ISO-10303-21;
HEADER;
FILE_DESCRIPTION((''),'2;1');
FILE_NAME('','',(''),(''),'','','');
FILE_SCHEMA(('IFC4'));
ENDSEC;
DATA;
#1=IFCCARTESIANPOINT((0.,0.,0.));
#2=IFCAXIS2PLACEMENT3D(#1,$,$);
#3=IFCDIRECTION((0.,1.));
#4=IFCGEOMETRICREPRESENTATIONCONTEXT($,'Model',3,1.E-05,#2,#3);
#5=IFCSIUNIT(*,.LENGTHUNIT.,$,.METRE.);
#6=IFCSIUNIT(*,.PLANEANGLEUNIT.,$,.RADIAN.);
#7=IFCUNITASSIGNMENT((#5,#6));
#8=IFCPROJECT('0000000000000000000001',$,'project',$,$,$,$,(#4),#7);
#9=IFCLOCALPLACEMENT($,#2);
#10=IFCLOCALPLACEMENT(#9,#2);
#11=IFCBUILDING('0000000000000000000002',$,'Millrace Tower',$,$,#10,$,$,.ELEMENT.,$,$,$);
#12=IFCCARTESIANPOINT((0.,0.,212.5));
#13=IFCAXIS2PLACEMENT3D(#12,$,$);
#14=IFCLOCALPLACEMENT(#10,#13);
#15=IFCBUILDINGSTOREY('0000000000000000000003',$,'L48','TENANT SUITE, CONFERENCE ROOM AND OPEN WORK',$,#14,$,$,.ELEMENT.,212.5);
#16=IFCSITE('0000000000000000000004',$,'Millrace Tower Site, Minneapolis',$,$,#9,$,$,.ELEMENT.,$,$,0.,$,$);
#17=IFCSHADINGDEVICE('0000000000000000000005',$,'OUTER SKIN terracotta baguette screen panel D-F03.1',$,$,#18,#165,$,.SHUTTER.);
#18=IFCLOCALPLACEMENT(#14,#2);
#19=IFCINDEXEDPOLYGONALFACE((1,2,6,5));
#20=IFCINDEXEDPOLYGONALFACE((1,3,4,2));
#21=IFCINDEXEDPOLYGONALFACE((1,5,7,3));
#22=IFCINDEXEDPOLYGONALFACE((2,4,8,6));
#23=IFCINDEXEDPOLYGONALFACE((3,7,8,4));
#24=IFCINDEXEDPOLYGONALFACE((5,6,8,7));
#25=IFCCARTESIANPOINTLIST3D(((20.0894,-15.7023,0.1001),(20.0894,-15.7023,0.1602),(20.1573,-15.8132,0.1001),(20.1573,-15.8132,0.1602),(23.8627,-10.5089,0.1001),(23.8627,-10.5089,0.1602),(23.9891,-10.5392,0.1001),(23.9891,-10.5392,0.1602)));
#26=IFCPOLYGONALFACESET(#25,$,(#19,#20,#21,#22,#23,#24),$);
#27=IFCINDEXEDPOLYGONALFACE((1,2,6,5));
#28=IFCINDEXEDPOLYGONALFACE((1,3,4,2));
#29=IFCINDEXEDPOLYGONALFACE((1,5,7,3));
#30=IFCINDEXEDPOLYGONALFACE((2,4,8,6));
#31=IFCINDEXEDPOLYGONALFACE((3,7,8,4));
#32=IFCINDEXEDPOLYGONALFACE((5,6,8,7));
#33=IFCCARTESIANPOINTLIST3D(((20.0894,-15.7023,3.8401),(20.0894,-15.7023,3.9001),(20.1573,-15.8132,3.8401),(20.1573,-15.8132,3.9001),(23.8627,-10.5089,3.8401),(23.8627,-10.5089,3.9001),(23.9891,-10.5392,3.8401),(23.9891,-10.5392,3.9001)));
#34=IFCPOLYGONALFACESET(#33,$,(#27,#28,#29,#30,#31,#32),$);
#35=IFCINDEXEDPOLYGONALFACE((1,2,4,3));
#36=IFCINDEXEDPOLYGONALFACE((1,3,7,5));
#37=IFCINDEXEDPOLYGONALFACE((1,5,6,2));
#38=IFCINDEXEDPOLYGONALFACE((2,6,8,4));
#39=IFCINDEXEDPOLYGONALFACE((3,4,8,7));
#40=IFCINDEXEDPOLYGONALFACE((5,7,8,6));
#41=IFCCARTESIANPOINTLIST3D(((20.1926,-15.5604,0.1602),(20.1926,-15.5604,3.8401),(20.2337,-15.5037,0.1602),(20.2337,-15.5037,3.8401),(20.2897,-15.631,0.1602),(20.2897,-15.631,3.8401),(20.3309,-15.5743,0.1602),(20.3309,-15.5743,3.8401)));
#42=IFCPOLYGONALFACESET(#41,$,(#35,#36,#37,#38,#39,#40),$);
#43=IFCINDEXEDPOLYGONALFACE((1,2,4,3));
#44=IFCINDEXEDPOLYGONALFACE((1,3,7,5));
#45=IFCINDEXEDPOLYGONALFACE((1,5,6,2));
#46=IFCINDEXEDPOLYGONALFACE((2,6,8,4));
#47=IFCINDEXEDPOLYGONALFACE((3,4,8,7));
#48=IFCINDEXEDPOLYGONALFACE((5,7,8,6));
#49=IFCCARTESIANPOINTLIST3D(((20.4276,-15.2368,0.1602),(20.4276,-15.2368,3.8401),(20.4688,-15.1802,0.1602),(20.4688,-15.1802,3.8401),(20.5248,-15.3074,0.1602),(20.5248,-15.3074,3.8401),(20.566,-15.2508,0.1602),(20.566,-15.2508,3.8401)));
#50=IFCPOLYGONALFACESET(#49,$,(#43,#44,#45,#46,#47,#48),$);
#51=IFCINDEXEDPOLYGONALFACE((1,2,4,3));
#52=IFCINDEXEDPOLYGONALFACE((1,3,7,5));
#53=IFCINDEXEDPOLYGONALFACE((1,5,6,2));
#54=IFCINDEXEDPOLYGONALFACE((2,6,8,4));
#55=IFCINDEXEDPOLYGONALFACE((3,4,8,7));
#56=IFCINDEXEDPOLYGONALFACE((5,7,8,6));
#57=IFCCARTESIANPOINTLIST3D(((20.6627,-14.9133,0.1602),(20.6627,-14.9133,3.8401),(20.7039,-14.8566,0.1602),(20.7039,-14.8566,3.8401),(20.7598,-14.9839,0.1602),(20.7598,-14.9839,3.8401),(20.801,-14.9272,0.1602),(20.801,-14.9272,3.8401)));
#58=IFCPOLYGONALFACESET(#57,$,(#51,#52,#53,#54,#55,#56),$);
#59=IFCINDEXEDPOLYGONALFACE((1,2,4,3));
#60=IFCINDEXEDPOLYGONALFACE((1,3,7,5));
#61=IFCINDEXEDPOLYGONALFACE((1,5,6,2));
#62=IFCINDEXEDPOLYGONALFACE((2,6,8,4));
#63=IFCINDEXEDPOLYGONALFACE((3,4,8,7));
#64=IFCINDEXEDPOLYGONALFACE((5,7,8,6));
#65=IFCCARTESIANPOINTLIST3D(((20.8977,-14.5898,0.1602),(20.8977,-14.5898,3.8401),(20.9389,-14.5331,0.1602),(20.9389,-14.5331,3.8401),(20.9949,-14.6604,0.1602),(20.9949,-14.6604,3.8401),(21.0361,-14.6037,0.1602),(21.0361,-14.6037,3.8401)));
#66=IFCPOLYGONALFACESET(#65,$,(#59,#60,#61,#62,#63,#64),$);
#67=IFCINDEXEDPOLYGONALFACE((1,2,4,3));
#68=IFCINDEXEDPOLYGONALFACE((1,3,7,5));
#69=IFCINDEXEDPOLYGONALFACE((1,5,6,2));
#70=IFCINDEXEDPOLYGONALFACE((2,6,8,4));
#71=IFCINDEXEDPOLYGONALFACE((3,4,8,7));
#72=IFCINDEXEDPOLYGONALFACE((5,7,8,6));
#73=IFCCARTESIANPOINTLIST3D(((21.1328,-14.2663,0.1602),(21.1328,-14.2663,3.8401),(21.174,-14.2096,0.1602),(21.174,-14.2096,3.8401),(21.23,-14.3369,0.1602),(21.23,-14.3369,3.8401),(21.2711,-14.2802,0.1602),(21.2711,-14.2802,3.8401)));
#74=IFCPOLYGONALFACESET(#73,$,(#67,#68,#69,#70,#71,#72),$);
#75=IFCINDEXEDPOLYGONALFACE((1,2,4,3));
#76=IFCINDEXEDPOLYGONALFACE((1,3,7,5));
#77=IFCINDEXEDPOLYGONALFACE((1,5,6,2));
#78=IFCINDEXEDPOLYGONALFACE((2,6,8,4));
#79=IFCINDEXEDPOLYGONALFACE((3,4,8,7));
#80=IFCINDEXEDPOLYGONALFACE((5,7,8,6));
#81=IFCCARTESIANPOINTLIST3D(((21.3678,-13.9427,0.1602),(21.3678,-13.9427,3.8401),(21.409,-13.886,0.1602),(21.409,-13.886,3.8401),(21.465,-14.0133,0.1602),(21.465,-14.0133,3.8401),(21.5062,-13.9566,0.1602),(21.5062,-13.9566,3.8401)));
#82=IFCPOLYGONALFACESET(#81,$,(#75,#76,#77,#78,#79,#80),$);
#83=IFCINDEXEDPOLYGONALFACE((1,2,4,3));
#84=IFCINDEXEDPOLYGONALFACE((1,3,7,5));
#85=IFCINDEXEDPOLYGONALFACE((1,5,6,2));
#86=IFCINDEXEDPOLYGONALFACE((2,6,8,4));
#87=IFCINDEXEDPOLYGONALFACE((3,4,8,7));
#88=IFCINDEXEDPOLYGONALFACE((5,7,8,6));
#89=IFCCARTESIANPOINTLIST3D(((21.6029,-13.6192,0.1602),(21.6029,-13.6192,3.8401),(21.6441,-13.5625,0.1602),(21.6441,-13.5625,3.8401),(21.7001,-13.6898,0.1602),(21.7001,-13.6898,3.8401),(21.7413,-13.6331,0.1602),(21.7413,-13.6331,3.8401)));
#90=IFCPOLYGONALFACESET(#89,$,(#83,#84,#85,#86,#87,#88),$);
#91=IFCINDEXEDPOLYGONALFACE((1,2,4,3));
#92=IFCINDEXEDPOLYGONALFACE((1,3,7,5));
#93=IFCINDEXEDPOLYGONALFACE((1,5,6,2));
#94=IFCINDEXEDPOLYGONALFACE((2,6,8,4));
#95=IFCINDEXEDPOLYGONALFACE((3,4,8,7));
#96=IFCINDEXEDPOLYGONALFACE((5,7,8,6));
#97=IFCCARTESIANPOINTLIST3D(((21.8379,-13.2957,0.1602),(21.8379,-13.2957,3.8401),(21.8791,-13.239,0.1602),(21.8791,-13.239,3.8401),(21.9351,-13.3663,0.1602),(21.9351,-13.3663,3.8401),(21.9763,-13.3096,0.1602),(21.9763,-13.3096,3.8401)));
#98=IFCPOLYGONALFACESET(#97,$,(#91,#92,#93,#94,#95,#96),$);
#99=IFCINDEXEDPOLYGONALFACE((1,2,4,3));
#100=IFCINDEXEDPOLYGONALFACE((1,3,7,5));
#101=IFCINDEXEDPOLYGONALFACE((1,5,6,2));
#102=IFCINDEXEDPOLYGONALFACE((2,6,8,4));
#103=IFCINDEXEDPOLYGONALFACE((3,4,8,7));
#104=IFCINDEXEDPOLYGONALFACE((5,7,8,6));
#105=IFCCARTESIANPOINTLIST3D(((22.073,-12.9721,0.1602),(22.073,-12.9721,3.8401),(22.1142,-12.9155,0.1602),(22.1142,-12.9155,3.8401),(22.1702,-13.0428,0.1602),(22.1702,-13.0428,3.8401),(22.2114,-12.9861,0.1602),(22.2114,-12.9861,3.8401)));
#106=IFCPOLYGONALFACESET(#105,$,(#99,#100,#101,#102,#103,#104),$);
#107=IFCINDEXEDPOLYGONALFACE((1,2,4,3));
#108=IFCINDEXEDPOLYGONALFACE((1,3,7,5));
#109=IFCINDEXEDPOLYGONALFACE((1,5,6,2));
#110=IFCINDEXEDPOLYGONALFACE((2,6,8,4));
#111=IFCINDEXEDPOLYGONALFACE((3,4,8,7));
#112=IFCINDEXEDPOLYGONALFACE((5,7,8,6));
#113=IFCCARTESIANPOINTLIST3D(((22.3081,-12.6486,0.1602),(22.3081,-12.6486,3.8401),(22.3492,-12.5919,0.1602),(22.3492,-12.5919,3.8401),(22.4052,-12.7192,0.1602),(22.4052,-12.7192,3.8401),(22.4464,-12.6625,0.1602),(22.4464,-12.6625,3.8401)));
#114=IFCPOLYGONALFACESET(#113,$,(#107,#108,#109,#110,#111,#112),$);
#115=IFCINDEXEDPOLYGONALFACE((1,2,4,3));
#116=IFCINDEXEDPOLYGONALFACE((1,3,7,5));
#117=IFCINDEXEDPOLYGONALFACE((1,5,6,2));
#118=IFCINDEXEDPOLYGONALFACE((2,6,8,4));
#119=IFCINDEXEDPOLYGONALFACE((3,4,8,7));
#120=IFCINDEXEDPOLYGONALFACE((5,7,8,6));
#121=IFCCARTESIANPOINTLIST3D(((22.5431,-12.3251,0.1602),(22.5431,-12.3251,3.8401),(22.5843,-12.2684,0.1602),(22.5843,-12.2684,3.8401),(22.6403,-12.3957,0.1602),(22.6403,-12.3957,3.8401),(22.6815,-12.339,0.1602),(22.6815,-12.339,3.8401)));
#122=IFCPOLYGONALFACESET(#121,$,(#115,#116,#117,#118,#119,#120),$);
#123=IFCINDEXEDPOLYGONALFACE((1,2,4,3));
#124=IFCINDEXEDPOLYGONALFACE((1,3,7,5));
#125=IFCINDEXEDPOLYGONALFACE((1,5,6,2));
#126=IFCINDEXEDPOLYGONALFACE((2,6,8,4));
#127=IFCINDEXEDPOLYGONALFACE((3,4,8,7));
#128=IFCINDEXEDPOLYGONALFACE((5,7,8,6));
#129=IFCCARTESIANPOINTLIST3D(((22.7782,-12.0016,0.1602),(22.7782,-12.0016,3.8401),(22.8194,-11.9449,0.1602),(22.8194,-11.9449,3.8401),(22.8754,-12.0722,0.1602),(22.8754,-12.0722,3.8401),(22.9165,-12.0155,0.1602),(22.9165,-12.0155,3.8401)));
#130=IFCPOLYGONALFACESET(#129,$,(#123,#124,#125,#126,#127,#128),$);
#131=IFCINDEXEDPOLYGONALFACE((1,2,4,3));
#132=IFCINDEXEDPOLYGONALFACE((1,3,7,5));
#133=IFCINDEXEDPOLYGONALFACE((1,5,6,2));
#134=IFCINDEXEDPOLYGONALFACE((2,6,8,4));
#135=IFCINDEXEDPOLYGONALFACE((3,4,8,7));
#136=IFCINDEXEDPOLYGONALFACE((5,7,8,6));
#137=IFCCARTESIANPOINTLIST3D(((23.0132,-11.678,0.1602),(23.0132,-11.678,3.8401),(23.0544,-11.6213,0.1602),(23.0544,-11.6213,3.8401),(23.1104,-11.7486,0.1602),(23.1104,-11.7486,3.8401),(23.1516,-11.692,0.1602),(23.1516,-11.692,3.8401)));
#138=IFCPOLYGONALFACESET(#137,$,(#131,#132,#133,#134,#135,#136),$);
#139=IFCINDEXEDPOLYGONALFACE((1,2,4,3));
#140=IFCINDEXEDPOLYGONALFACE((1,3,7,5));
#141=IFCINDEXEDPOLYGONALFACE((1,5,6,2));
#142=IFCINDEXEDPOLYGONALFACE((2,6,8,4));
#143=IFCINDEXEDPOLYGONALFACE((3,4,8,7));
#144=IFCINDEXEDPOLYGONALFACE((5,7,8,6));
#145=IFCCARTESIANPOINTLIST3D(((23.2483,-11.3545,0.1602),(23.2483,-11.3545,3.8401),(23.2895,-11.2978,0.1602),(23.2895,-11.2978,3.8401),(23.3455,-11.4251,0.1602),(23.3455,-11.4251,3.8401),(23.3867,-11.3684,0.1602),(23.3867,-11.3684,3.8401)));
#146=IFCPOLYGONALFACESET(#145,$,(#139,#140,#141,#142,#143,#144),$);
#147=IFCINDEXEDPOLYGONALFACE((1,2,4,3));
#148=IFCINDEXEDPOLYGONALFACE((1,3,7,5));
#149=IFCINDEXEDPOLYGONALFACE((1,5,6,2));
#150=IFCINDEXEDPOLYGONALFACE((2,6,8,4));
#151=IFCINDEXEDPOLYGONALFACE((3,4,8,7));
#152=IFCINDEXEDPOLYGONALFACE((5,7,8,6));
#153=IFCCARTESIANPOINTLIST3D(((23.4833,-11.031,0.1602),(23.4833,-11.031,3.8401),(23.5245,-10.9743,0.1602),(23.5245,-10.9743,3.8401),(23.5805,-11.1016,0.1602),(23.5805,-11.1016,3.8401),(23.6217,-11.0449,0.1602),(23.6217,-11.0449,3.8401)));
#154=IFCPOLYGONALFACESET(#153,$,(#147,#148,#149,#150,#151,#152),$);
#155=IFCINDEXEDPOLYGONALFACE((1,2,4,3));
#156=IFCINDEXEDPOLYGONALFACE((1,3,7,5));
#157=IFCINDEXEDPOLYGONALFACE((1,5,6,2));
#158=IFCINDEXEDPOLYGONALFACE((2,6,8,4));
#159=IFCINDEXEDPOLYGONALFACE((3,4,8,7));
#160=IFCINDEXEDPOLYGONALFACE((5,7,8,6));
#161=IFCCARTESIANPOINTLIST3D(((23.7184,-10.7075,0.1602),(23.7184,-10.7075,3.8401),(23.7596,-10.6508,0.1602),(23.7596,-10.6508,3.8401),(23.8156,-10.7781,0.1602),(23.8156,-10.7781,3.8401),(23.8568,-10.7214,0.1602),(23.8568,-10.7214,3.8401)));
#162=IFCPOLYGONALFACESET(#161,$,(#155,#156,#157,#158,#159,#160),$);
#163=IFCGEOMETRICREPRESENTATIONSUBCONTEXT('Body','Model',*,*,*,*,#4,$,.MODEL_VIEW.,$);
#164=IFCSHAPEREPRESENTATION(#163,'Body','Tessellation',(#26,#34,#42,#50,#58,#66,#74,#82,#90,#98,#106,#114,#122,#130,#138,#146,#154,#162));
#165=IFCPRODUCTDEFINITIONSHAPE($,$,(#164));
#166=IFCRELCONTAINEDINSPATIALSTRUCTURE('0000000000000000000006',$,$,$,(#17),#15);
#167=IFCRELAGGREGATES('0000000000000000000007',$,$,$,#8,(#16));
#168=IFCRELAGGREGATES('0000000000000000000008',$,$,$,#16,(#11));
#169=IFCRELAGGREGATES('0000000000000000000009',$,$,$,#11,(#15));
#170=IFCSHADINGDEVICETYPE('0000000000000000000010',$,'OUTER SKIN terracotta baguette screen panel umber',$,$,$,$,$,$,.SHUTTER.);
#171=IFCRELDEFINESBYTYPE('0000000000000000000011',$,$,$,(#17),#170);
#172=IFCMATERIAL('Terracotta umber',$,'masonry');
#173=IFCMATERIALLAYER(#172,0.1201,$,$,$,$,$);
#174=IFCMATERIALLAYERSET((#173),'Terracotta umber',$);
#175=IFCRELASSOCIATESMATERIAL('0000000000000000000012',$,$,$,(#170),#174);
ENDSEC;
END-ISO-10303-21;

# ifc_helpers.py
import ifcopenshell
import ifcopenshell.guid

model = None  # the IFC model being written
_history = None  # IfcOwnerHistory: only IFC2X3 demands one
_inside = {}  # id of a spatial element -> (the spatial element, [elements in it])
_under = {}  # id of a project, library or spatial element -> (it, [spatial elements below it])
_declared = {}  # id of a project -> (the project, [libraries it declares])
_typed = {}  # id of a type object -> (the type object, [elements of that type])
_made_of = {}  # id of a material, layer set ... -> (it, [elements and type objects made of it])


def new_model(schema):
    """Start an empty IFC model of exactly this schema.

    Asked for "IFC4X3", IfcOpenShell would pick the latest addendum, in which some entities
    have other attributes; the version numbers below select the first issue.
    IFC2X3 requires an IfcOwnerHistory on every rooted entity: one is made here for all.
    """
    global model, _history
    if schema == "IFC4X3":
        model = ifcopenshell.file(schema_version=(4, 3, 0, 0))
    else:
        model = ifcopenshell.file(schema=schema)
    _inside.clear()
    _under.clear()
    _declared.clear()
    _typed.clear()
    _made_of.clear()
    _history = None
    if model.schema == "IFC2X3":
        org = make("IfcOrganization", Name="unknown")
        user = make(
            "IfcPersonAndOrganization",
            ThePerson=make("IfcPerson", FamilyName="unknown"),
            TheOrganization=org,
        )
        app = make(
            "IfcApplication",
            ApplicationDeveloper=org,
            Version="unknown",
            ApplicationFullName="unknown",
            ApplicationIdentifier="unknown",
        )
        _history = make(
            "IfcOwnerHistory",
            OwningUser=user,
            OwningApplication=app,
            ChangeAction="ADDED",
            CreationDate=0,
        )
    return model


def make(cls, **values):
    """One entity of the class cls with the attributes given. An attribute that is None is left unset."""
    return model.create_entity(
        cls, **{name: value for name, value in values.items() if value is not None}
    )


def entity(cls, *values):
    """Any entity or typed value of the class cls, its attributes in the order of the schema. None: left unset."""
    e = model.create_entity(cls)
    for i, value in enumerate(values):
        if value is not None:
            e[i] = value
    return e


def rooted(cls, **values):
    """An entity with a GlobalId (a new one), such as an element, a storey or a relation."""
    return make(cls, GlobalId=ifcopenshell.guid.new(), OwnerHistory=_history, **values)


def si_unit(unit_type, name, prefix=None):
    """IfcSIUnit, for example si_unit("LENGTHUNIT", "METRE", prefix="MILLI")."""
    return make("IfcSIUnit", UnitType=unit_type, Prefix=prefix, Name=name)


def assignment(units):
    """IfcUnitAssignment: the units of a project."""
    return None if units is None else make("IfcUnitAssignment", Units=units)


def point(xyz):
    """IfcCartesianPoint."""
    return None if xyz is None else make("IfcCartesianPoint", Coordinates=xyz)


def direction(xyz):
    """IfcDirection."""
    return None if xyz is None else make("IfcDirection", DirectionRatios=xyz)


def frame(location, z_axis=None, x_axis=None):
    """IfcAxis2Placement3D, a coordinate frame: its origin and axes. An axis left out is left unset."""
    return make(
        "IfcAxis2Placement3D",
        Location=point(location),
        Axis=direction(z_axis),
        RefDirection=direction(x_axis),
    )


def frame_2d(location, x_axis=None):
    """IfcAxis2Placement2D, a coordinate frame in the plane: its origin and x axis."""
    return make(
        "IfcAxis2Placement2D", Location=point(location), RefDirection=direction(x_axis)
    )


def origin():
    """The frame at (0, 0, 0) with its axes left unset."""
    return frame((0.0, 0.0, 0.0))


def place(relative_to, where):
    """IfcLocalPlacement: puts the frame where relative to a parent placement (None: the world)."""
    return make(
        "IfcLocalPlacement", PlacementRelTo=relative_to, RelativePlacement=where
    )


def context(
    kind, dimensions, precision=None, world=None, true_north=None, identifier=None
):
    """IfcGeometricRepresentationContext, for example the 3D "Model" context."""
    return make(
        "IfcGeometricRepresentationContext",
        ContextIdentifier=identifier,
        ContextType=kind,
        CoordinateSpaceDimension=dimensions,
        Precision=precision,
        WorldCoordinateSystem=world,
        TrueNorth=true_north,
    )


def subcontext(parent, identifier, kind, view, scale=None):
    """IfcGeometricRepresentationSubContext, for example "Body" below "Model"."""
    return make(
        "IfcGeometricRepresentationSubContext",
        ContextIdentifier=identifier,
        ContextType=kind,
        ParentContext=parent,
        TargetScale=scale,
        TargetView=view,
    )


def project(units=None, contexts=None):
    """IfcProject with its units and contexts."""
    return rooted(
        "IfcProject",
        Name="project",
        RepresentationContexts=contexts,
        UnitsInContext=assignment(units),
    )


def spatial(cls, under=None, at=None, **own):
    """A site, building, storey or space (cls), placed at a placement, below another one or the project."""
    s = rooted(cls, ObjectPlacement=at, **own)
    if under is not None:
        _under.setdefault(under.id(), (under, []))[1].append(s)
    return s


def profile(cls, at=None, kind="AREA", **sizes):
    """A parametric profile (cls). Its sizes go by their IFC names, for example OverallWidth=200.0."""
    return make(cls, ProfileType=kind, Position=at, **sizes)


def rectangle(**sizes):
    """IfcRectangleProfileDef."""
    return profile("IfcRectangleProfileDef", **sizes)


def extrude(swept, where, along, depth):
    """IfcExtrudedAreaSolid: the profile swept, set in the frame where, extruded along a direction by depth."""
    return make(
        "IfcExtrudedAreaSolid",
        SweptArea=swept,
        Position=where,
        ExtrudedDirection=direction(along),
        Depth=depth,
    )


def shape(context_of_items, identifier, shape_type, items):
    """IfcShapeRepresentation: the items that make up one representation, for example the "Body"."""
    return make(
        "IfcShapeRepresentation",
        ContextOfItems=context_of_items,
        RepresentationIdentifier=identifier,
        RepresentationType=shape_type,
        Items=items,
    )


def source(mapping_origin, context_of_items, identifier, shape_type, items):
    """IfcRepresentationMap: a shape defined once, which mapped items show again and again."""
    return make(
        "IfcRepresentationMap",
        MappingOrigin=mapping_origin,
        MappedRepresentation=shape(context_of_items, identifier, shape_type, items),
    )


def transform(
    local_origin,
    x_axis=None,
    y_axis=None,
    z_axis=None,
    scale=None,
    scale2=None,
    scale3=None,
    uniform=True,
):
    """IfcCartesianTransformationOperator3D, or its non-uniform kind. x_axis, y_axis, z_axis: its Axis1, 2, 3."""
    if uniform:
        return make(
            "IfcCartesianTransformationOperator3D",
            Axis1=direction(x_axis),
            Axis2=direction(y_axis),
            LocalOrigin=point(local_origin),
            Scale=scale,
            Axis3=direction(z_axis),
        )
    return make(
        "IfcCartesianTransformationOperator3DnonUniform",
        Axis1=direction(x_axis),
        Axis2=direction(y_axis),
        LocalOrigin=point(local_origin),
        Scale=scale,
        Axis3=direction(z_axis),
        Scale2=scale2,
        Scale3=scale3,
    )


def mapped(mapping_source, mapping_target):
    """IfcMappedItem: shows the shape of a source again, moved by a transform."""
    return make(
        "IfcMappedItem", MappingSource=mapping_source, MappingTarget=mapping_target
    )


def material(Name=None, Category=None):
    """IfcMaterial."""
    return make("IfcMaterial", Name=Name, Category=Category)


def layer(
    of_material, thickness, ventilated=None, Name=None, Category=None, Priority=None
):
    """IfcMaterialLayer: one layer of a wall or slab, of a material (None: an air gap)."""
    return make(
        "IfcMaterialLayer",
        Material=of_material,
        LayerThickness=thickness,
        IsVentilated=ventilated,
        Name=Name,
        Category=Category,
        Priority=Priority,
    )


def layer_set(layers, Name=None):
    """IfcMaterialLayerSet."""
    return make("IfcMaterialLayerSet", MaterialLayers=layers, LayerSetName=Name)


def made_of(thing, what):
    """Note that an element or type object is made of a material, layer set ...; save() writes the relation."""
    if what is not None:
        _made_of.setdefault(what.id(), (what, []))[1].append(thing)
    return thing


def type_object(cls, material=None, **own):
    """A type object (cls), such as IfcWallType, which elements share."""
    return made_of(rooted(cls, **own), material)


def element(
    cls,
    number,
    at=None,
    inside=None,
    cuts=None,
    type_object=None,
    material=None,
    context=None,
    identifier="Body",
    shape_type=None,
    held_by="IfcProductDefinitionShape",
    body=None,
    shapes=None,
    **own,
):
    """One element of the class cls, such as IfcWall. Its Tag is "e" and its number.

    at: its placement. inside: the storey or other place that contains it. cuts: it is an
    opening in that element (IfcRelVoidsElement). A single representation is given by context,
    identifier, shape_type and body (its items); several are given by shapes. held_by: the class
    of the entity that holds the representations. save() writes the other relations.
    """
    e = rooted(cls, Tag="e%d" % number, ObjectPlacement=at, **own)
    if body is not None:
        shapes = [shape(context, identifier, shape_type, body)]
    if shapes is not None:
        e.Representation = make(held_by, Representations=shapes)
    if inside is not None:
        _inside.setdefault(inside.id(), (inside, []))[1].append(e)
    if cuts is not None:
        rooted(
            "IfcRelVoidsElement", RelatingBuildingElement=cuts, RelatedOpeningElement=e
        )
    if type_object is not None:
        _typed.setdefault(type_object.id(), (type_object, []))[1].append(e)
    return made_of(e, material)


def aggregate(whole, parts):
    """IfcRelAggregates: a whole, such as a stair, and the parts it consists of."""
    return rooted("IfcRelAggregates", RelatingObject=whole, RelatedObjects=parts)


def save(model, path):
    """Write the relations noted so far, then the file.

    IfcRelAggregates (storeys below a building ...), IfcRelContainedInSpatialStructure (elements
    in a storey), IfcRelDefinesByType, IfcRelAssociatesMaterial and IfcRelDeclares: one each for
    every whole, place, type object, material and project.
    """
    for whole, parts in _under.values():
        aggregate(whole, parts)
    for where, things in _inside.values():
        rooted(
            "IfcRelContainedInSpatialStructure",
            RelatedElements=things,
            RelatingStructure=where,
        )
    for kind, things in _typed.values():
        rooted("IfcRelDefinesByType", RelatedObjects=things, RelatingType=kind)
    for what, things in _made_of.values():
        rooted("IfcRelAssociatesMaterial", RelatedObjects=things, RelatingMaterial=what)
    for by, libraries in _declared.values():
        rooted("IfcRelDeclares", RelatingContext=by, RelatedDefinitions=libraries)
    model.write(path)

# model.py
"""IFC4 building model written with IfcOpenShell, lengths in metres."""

from ifc_helpers import new_model, entity, si_unit, direction, frame, frame_2d, origin, place, context, subcontext, project, spatial, rectangle, extrude, source, transform, mapped, material, layer, layer_set, type_object, element, save


model = new_model("IFC4")

# Units and contexts
model_context = context("Model", 3, precision=1e-05, world=origin(), true_north=direction((0.0, 1.0)))
body_context = subcontext(model_context, "Body", "Model", "MODEL_VIEW")
ifc_project = project(units=[si_unit("LENGTHUNIT", "METRE"), si_unit("PLANEANGLEUNIT", "RADIAN")], contexts=[model_context])

# Site, building, storey
site_placement = place(None, origin())
site = spatial("IfcSite", under=ifc_project, at=site_placement, Name="Millrace Tower Site, Minneapolis", CompositionType="ELEMENT", RefElevation=0.0)
building_placement = place(site_placement, origin())
building = spatial("IfcBuilding", under=site, at=building_placement, Name="Millrace Tower", CompositionType="ELEMENT")
storey_placement = place(building_placement, frame((0.0, 0.0, 212.5)))
storey = spatial("IfcBuildingStorey", under=building, at=storey_placement, Name="L48", Description="TENANT SUITE, CONFERENCE ROOM AND OPEN WORK", CompositionType="ELEMENT", Elevation=212.5)

# Shading device
ifc_material_1 = material(Name="Terracotta umber", Category="masonry")
ifc_layer_1 = layer(ifc_material_1, 0.1201)
ifc_layer_set_1 = layer_set([ifc_layer_1], Name="Terracotta umber")
shading_device_type = type_object("IfcShadingDeviceType", Name="OUTER SKIN terracotta baguette screen panel umber", PredefinedType="SHUTTER", material=ifc_layer_set_1)
cartesian_point_1 = entity("IfcCartesianPoint", [-3.2097, 0.0601])
shared_polyline_1 = entity("IfcPolyline", [cartesian_point_1, entity("IfcCartesianPoint", [3.2097, 0.0601]), entity("IfcCartesianPoint", [3.2595, -0.0601]), entity("IfcCartesianPoint", [-3.2595, -0.0601]), cartesian_point_1])
shared_shape_1 = source(origin(), body_context, "Body", "SweptSolid", [
    entity("IfcExtrudedAreaSolid", entity("IfcArbitraryClosedProfileDef", "AREA", None, shared_polyline_1), entity("IfcAxis2Placement3D", entity("IfcCartesianPoint", [0.0, 0.0, 0.0])), entity("IfcDirection", [0.0, 0.0, 1.0]), 0.0601),
    entity("IfcExtrudedAreaSolid", entity("IfcArbitraryClosedProfileDef", "AREA", None, shared_polyline_1), entity("IfcAxis2Placement3D", entity("IfcCartesianPoint", [0.0, 0.0, 3.74])), entity("IfcDirection", [0.0, 0.0, 1.0]), 0.0601),
    extrude(rectangle(XDim=0.0701, YDim=0.1201, at=frame_2d((-2.9993, 0.0))), frame((0.0, 0.0, 0.0601)), (0.0, 0.0, 1.0), 3.6799),
    extrude(rectangle(XDim=0.0701, YDim=0.1201, at=frame_2d((-2.5994, 0.0))), frame((0.0, 0.0, 0.0601)), (0.0, 0.0, 1.0), 3.6799),
    extrude(rectangle(XDim=0.0701, YDim=0.1201, at=frame_2d((-2.1995, 0.0))), frame((0.0, 0.0, 0.0601)), (0.0, 0.0, 1.0), 3.6799),
    extrude(rectangle(XDim=0.0701, YDim=0.1201, at=frame_2d((-1.7996, 0.0))), frame((0.0, 0.0, 0.0601)), (0.0, 0.0, 1.0), 3.6799),
    extrude(rectangle(XDim=0.0701, YDim=0.1201, at=frame_2d((-1.3997, 0.0))), frame((0.0, 0.0, 0.0601)), (0.0, 0.0, 1.0), 3.6799),
    extrude(rectangle(XDim=0.0701, YDim=0.1201, at=frame_2d((-0.9998, 0.0))), frame((0.0, 0.0, 0.0601)), (0.0, 0.0, 1.0), 3.6799),
    extrude(rectangle(XDim=0.0701, YDim=0.1201, at=frame_2d((-0.5999, 0.0))), frame((0.0, 0.0, 0.0601)), (0.0, 0.0, 1.0), 3.6799),
    extrude(rectangle(XDim=0.0701, YDim=0.1201, at=frame_2d((-0.2, 0.0))), frame((0.0, 0.0, 0.0601)), (0.0, 0.0, 1.0), 3.6799),
    extrude(rectangle(XDim=0.0701, YDim=0.1201, at=frame_2d((0.2, 0.0))), frame((0.0, 0.0, 0.0601)), (0.0, 0.0, 1.0), 3.6799),
    extrude(rectangle(XDim=0.0701, YDim=0.1201, at=frame_2d((0.5999, 0.0))), frame((0.0, 0.0, 0.0601)), (0.0, 0.0, 1.0), 3.6799),
    extrude(rectangle(XDim=0.0701, YDim=0.1201, at=frame_2d((0.9998, 0.0))), frame((0.0, 0.0, 0.0601)), (0.0, 0.0, 1.0), 3.6799),
    extrude(rectangle(XDim=0.0701, YDim=0.1201, at=frame_2d((1.3997, 0.0))), frame((0.0, 0.0, 0.0601)), (0.0, 0.0, 1.0), 3.6799),
    extrude(rectangle(XDim=0.0701, YDim=0.1201, at=frame_2d((1.7996, 0.0))), frame((0.0, 0.0, 0.0601)), (0.0, 0.0, 1.0), 3.6799),
    extrude(rectangle(XDim=0.0701, YDim=0.1201, at=frame_2d((2.1995, 0.0))), frame((0.0, 0.0, 0.0601)), (0.0, 0.0, 1.0), 3.6799),
    extrude(rectangle(XDim=0.0701, YDim=0.1201, at=frame_2d((2.5994, 0.0))), frame((0.0, 0.0, 0.0601)), (0.0, 0.0, 1.0), 3.6799),
    extrude(rectangle(XDim=0.0701, YDim=0.1201, at=frame_2d((2.9993, 0.0))), frame((0.0, 0.0, 0.0601)), (0.0, 0.0, 1.0), 3.6799),
])
shading_device_1_placement = place(storey_placement, frame((22.0247, -13.1409, 0.1001), z_axis=(0.0, 0.0, 1.0), x_axis=(0.587785, 0.809017, 0.0)))
element("IfcShadingDevice", 1, at=shading_device_1_placement, inside=storey, type_object=shading_device_type, Name="OUTER SKIN terracotta baguette screen panel D-F03.1", PredefinedType="SHUTTER", context=body_context, shape_type="MappedRepresentation", body=[
    mapped(shared_shape_1, transform((0.0, 0.0, 0.0), scale=1.0)),
])

save(model, "model.ifc")
